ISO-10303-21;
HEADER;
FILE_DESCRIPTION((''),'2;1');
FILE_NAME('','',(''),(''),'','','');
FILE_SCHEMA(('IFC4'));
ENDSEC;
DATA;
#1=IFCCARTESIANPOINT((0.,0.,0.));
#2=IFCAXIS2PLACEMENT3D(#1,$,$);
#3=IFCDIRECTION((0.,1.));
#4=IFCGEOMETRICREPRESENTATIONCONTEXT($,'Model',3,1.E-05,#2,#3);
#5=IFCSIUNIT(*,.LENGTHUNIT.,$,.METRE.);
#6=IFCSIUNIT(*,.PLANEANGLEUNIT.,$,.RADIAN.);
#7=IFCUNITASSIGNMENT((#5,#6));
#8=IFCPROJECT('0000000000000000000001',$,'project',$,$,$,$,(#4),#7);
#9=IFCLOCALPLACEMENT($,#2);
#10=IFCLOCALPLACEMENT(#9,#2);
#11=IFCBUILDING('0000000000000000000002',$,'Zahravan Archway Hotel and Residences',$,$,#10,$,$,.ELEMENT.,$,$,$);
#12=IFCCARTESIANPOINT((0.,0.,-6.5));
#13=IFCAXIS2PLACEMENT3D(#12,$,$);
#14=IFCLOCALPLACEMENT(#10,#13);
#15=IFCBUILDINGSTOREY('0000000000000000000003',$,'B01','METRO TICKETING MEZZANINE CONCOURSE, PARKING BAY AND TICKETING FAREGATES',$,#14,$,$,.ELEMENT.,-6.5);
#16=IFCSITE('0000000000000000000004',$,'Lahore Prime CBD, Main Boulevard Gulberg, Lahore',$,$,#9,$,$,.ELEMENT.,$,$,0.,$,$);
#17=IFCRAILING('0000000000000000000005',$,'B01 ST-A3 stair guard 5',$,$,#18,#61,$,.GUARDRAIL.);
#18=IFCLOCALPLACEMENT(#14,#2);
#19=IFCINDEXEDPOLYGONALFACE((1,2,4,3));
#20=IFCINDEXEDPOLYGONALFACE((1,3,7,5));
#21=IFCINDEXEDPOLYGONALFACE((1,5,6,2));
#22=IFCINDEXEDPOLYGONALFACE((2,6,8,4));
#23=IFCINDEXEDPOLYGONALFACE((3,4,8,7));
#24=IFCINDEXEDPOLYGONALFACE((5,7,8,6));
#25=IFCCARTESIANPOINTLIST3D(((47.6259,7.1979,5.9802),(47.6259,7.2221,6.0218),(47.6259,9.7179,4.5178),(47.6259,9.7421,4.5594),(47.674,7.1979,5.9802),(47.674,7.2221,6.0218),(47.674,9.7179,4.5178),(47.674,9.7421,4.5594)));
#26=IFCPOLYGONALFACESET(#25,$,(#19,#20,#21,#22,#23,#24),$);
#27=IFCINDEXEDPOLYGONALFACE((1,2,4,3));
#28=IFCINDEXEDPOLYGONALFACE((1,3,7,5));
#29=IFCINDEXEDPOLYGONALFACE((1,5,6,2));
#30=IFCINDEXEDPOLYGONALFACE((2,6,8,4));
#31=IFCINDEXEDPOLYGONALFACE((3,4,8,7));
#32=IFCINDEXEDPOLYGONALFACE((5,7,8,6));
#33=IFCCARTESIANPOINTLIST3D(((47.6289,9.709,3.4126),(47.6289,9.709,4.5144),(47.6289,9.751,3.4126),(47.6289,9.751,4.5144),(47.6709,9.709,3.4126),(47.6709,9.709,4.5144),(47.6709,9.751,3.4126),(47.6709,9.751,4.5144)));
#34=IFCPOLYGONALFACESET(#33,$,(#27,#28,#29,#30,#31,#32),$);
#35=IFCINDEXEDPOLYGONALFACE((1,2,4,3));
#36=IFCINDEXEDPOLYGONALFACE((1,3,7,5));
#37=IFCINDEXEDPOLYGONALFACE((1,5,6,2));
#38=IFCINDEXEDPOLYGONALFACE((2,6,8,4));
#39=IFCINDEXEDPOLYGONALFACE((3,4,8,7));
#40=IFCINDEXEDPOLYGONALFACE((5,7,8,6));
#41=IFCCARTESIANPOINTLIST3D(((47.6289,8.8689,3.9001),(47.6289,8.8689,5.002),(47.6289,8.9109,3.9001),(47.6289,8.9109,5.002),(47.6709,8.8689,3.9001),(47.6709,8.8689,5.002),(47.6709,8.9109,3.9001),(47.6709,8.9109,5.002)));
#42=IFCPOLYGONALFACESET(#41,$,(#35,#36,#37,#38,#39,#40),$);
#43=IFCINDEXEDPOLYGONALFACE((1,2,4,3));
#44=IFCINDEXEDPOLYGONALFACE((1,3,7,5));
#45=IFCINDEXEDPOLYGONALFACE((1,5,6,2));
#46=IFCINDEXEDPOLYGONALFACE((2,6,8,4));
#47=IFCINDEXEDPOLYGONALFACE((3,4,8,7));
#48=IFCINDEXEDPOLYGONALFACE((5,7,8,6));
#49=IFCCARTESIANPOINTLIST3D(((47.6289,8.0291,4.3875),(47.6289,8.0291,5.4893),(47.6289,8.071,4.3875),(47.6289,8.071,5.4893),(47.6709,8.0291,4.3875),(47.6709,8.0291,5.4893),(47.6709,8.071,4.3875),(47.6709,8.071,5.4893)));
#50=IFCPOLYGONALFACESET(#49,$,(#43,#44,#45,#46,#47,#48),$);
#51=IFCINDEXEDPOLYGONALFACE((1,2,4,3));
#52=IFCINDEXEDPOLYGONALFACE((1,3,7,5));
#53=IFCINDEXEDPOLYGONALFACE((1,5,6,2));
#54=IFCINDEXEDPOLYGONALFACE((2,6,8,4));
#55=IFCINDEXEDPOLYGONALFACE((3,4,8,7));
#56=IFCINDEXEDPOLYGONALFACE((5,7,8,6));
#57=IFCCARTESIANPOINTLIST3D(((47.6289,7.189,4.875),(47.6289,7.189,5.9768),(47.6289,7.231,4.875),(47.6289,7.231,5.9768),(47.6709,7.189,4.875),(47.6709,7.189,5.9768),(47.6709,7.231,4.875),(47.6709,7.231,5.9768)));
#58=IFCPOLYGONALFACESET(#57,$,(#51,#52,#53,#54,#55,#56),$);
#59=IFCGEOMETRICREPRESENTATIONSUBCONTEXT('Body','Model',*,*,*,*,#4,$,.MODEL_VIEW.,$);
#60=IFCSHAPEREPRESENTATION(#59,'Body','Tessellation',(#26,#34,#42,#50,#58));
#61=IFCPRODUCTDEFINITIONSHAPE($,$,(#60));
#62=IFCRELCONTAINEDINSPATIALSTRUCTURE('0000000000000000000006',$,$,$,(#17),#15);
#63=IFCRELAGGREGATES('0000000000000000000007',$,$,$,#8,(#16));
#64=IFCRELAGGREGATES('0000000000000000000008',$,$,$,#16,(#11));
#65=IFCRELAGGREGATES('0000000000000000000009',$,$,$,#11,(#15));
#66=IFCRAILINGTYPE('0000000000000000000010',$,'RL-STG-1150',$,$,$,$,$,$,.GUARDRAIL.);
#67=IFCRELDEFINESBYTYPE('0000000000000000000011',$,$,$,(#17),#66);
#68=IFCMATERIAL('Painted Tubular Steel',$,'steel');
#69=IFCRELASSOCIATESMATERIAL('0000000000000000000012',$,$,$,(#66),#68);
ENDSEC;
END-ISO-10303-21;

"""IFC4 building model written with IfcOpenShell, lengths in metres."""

from ifc_helpers import new_model, si_unit, direction, frame, origin, origin_2d, place, context, subcontext, project, spatial, rectangle, extrude, material, type_object, element, save


model = new_model("IFC4")

# Units and contexts
model_context = context("Model", 3, precision=1e-05, world=origin(), true_north=direction((0.0, 1.0)))
body_context = subcontext(model_context, "Body", "Model", "MODEL_VIEW")
ifc_project = project(units=[si_unit("LENGTHUNIT", "METRE"), si_unit("PLANEANGLEUNIT", "RADIAN")], contexts=[model_context])

# Site, building, storey
site_placement = place(None, origin())
site = spatial("IfcSite", under=ifc_project, at=site_placement, Name="Lahore Prime CBD, Main Boulevard Gulberg, Lahore", CompositionType="ELEMENT", RefElevation=0.0)
building_placement = place(site_placement, origin())
building = spatial("IfcBuilding", under=site, at=building_placement, Name="Zahravan Archway Hotel and Residences", CompositionType="ELEMENT")
storey_placement = place(building_placement, frame((0.0, 0.0, -6.5)))
storey = spatial("IfcBuildingStorey", under=building, at=storey_placement, Name="B01", Description="METRO TICKETING MEZZANINE CONCOURSE, PARKING BAY AND TICKETING FAREGATES", CompositionType="ELEMENT", Elevation=-6.5)

# Railing
ifc_material_1 = material(Name="Painted Tubular Steel", Category="steel")
railing_type = type_object("IfcRailingType", Name="RL-STG-1150", PredefinedType="GUARDRAIL", material=ifc_material_1)
for number, where, name in (
    (1, (47.6499, 9.73, 3.4126), "B01 ST-A3 stair guard 5"),
):
    element("IfcRailing", number, at=place(storey_placement, frame(where)), inside=storey, type_object=railing_type, Name=name, PredefinedType="GUARDRAIL", context=body_context, shape_type="SweptSolid", body=[
        extrude(rectangle(XDim=0.0481, YDim=0.0481, at=origin_2d()), frame((0.0, 0.0, 1.126), z_axis=(0.0, -0.864913, 0.501921), x_axis=(1.0, 0.0, 0.0)), (0.0, 0.0, 1.0), 2.9136),
        extrude(rectangle(XDim=0.042, YDim=0.042, at=origin_2d()), origin(), (0.0, 0.0, 1.0), 1.1018),
        extrude(rectangle(XDim=0.042, YDim=0.042, at=origin_2d()), frame((0.0, -0.8401, 0.4875)), (0.0, 0.0, 1.0), 1.1018),
        extrude(rectangle(XDim=0.042, YDim=0.042, at=origin_2d()), frame((0.0, -1.6799, 0.9749)), (0.0, 0.0, 1.0), 1.1018),
        extrude(rectangle(XDim=0.042, YDim=0.042, at=origin_2d()), frame((0.0, -2.52, 1.4624)), (0.0, 0.0, 1.0), 1.1018),
    ])

save(model, "model.ifc")
